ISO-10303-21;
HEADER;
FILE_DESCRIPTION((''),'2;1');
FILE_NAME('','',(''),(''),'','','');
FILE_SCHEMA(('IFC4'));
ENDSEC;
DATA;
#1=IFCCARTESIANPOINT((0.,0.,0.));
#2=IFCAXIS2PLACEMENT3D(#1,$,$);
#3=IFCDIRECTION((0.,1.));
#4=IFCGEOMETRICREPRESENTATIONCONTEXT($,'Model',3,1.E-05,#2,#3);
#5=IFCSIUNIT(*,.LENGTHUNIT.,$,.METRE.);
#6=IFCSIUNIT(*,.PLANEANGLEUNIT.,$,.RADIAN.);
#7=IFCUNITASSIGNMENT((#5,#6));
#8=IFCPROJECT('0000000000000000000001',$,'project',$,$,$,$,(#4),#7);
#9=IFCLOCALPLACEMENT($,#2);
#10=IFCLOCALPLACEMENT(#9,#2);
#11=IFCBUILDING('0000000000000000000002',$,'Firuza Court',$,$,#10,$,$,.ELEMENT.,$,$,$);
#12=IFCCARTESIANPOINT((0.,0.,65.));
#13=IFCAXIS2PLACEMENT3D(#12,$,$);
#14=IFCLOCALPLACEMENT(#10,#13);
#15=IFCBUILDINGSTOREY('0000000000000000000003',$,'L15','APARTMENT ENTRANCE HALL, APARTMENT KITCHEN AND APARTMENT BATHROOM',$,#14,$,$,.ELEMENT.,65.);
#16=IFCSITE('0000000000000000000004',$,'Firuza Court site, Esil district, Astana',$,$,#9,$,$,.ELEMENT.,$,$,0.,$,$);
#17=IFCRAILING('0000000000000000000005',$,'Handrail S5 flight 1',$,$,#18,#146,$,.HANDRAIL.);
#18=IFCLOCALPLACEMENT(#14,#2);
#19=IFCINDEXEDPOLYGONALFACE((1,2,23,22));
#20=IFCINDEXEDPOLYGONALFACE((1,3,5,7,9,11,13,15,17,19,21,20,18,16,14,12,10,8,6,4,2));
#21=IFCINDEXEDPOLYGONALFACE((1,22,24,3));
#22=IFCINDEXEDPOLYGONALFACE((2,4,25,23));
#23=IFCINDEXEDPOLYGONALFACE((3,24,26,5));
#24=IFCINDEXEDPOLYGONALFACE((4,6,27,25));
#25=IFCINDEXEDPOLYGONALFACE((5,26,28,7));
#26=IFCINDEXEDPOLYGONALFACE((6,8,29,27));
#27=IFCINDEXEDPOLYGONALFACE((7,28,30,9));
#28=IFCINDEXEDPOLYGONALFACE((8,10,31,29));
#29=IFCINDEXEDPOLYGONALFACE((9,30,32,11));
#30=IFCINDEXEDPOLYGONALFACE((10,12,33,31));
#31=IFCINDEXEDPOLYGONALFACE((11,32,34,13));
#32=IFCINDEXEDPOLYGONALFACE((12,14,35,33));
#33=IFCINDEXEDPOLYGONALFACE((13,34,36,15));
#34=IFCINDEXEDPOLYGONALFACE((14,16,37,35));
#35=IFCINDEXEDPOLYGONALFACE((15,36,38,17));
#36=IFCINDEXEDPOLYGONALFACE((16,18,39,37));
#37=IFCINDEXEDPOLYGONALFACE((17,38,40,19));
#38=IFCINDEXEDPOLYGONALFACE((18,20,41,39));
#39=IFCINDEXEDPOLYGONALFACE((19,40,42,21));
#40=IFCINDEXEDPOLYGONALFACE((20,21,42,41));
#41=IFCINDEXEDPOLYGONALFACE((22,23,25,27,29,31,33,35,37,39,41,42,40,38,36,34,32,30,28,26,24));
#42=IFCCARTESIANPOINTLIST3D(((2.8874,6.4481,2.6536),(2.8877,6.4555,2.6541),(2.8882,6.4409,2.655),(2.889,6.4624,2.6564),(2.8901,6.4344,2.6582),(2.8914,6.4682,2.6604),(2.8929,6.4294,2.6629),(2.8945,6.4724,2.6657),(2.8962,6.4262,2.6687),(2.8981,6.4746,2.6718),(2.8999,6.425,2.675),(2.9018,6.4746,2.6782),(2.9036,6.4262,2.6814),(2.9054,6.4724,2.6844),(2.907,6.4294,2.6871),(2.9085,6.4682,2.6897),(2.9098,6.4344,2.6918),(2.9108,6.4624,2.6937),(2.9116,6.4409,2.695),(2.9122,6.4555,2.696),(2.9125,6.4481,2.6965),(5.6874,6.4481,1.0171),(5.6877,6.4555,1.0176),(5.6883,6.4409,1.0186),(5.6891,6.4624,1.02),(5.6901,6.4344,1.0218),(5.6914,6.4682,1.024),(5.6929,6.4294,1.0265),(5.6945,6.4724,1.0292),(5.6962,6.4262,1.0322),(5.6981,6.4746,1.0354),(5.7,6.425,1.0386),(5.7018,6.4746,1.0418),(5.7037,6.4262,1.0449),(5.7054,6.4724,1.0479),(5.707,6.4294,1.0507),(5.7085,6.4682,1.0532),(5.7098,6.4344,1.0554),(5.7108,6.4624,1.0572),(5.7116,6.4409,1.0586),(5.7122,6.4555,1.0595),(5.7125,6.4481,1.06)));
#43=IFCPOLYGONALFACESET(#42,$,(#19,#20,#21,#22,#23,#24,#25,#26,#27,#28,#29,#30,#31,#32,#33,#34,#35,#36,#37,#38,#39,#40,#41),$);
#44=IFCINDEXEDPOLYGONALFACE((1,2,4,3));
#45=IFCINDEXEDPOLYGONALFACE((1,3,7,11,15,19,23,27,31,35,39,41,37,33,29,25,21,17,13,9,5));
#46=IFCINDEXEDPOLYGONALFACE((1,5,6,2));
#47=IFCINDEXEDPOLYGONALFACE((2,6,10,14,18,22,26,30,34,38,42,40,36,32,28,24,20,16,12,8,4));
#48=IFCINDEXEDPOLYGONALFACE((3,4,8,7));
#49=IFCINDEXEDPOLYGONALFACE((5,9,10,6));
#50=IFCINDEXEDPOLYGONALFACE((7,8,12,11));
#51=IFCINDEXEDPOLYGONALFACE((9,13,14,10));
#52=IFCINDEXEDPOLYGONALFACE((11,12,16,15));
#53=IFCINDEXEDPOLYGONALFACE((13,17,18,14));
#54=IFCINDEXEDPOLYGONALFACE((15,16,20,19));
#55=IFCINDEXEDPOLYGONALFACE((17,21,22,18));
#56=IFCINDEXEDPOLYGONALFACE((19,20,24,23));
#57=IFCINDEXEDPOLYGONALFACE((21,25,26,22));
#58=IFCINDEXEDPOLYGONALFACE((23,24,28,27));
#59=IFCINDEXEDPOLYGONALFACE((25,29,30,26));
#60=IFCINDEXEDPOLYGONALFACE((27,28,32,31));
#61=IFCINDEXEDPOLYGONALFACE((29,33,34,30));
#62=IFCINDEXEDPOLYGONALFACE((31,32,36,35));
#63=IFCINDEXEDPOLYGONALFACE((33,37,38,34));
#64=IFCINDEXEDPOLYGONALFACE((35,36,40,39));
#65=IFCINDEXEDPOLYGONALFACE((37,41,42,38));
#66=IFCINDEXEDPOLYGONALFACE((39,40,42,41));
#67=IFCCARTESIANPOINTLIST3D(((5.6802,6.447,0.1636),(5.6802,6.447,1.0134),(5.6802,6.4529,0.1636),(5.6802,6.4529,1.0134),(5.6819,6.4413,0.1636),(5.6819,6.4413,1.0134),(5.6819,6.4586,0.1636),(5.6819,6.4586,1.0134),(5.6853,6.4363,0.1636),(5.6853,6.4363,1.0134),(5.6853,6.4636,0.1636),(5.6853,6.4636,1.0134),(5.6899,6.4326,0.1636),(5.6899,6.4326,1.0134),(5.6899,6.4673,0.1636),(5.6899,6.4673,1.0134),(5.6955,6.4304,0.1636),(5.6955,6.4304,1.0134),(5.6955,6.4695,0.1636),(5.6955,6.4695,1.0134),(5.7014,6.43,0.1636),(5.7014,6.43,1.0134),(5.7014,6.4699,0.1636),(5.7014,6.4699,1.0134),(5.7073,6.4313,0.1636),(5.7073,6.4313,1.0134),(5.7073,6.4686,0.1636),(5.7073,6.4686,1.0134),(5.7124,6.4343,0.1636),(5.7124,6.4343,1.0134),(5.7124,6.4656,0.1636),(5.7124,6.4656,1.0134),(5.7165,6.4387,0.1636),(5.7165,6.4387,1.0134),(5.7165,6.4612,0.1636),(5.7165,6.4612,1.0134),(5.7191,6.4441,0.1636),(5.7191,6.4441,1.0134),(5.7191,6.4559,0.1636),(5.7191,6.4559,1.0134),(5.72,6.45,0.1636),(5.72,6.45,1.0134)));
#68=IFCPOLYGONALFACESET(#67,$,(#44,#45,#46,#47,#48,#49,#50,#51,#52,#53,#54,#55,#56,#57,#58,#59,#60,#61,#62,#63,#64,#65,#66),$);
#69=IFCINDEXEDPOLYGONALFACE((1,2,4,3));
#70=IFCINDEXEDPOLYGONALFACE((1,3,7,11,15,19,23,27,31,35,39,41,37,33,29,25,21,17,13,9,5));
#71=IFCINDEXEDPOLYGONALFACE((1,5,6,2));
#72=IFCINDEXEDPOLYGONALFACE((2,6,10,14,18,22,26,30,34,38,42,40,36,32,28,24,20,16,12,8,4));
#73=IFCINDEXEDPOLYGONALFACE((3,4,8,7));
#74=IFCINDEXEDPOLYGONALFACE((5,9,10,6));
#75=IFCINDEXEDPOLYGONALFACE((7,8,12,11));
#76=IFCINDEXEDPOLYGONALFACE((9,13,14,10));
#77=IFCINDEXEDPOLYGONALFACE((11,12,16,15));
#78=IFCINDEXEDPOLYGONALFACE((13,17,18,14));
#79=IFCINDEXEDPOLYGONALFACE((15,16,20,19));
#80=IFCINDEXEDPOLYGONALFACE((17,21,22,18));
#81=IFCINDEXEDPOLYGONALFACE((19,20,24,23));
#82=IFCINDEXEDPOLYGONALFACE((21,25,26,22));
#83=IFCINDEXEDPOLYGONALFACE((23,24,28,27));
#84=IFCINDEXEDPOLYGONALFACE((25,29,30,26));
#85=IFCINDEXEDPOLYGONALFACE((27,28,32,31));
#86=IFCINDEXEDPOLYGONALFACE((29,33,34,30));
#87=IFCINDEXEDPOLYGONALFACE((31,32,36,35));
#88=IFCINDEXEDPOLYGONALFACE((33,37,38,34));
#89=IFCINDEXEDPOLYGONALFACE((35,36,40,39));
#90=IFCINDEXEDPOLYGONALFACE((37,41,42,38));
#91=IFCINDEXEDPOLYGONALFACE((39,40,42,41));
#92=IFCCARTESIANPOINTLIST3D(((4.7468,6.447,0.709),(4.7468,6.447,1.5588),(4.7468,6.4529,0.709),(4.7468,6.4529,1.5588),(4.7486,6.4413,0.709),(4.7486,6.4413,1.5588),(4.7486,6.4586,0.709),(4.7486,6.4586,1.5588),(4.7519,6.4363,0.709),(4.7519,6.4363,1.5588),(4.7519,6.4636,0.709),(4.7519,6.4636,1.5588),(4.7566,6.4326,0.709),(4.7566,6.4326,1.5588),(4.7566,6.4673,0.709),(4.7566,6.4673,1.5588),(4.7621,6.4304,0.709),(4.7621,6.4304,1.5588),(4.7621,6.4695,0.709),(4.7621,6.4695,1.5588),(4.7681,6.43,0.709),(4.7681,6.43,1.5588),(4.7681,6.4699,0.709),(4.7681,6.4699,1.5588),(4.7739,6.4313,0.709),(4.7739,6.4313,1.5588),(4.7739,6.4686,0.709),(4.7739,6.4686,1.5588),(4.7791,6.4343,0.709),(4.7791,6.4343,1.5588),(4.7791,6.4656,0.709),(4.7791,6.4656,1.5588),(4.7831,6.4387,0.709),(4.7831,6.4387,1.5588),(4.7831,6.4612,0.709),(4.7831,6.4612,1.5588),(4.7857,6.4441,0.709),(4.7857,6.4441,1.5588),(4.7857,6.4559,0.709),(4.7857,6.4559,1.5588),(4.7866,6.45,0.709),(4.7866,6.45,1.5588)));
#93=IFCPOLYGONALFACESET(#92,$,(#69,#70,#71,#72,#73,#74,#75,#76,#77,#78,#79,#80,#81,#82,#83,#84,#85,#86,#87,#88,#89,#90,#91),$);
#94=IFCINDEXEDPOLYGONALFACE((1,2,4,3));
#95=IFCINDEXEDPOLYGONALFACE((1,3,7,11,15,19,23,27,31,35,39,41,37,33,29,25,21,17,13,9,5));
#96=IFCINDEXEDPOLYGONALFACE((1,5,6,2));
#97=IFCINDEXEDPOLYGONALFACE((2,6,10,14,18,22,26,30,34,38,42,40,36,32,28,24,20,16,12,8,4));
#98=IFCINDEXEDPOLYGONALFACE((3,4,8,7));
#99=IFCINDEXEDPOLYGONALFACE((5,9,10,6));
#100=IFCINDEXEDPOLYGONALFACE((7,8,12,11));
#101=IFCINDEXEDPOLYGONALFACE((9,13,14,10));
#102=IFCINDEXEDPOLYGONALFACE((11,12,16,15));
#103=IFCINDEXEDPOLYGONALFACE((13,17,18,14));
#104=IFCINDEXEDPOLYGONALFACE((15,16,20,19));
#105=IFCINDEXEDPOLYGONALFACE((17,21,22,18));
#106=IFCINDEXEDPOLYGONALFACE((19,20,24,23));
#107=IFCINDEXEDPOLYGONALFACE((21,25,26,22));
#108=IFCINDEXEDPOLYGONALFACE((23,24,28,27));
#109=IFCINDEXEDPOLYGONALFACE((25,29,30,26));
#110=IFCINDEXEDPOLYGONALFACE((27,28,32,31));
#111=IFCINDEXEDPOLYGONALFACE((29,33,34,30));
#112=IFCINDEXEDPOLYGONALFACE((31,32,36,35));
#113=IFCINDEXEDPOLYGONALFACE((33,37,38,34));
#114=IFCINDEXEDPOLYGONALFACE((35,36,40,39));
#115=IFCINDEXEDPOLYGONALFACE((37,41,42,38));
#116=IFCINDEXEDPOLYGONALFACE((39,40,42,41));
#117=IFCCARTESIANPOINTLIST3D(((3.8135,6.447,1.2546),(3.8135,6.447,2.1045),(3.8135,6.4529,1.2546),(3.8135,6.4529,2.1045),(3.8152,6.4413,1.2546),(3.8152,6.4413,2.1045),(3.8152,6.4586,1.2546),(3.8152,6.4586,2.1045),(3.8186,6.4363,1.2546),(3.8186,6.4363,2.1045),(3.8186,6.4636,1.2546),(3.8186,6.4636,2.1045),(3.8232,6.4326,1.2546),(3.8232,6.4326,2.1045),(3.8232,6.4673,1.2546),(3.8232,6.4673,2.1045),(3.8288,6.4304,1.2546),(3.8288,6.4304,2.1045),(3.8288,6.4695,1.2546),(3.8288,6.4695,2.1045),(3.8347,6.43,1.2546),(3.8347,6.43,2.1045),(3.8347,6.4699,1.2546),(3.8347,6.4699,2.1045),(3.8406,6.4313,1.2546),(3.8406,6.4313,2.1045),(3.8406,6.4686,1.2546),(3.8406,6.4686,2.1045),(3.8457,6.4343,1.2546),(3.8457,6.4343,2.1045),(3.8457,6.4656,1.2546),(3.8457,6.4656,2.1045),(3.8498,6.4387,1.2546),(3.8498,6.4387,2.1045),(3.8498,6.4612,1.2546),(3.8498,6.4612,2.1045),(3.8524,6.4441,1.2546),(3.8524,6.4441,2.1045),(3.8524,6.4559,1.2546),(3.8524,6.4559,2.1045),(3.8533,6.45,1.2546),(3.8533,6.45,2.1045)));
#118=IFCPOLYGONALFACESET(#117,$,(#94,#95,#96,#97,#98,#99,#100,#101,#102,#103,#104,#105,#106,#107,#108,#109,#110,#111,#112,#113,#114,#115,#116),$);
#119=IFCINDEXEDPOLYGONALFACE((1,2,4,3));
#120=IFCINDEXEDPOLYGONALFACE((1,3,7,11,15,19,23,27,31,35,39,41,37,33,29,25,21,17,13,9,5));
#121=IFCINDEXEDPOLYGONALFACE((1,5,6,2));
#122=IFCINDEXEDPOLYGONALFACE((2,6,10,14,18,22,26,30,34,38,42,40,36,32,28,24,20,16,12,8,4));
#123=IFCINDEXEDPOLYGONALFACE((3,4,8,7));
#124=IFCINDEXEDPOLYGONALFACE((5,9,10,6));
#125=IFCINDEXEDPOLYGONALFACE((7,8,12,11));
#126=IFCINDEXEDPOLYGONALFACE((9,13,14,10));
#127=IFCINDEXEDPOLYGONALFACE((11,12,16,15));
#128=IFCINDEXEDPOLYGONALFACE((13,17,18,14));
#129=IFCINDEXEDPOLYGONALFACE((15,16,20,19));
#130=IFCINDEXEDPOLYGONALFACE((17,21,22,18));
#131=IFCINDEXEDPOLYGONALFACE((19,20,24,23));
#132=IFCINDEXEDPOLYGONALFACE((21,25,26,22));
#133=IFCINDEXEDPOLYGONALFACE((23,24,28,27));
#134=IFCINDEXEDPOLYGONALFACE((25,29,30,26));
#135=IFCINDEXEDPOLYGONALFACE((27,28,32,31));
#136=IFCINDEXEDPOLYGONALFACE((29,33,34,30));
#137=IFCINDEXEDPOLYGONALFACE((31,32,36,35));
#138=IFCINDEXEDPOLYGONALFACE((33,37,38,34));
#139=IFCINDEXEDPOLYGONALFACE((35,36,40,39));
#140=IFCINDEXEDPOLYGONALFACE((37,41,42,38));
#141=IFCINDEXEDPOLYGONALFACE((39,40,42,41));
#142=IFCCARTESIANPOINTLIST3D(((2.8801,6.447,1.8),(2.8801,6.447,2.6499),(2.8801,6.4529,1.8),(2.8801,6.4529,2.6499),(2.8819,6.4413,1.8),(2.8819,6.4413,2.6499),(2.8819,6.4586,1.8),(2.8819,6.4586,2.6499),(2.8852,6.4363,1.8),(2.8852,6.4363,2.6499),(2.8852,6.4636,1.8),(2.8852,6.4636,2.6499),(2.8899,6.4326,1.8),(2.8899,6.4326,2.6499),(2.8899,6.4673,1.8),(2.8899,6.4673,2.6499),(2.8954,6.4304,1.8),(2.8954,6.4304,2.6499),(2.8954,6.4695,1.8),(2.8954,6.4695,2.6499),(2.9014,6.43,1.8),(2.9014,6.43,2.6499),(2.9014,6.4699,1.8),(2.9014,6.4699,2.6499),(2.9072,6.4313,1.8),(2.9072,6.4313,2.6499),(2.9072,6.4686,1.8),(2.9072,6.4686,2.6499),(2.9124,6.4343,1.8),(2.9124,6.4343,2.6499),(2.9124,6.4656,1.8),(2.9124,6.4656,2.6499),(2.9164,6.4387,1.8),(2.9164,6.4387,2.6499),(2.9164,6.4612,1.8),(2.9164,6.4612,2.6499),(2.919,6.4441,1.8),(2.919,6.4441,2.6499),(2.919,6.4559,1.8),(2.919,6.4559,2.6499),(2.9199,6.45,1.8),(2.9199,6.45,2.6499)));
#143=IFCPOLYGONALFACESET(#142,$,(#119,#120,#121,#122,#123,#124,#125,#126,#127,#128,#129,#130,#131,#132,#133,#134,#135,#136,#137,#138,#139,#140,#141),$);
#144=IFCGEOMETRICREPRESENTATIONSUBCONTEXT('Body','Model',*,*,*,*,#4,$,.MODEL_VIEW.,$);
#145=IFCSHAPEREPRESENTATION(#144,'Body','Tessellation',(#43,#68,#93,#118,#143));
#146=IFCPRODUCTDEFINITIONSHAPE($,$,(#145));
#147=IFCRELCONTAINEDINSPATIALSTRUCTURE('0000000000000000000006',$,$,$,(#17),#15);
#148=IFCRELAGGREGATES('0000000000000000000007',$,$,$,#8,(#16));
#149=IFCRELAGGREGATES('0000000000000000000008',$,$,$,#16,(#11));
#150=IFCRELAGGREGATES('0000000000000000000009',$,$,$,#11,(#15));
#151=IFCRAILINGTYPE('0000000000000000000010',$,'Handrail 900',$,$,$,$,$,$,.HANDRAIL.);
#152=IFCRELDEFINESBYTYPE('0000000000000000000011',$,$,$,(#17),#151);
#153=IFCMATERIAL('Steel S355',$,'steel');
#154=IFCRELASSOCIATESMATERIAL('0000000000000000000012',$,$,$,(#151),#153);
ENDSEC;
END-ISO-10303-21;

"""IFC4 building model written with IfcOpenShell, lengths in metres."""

from ifc_helpers import new_model, si_unit, direction, frame, origin, origin_2d, place, context, subcontext, project, spatial, circle, extrude, material, type_object, element, save


model = new_model("IFC4")

# Units and contexts
model_context = context("Model", 3, precision=1e-05, world=origin(), true_north=direction((0.0, 1.0)))
body_context = subcontext(model_context, "Body", "Model", "MODEL_VIEW")
ifc_project = project(units=[si_unit("LENGTHUNIT", "METRE"), si_unit("PLANEANGLEUNIT", "RADIAN")], contexts=[model_context])

# Site, building, storey
site_placement = place(None, origin())
site = spatial("IfcSite", under=ifc_project, at=site_placement, Name="Firuza Court site, Esil district, Astana", CompositionType="ELEMENT", RefElevation=0.0)
building_placement = place(site_placement, origin())
building = spatial("IfcBuilding", under=site, at=building_placement, Name="Firuza Court", CompositionType="ELEMENT")
storey_placement = place(building_placement, frame((0.0, 0.0, 65.0)))
storey = spatial("IfcBuildingStorey", under=building, at=storey_placement, Name="L15", Description="APARTMENT ENTRANCE HALL, APARTMENT KITCHEN AND APARTMENT BATHROOM", CompositionType="ELEMENT", Elevation=65.0)

# Railing
ifc_material_1 = material(Name="Steel S355", Category="steel")
railing_type_1 = type_object("IfcRailingType", Name="Handrail 900", PredefinedType="HANDRAIL", material=ifc_material_1)
railing_1_placement = place(storey_placement, frame((5.7, 6.45, 0.1636)))
element("IfcRailing", 1, at=railing_1_placement, inside=storey, type_object=railing_type_1, Name="Handrail S5 flight 1", PredefinedType="HANDRAIL", context=body_context, shape_type="SweptSolid", body=[
    extrude(circle(Radius=0.0249, at=origin_2d()), frame((0.0, 0.0, 0.875), z_axis=(-0.863361, 0.0, 0.504587), x_axis=(0.0, -1.0, 0.0)), (0.0, 0.0, 1.0), 3.2432),
    extrude(circle(Radius=0.02, at=origin_2d()), origin(), (0.0, 0.0, 1.0), 0.8499),
    extrude(circle(Radius=0.02, at=origin_2d()), frame((-0.9333, 0.0, 0.5454)), (0.0, 0.0, 1.0), 0.8499),
    extrude(circle(Radius=0.02, at=origin_2d()), frame((-1.8667, 0.0, 1.0911)), (0.0, 0.0, 1.0), 0.8499),
    extrude(circle(Radius=0.02, at=origin_2d()), frame((-2.8, 0.0, 1.6365)), (0.0, 0.0, 1.0), 0.8499),
])

save(model, "model.ifc")
